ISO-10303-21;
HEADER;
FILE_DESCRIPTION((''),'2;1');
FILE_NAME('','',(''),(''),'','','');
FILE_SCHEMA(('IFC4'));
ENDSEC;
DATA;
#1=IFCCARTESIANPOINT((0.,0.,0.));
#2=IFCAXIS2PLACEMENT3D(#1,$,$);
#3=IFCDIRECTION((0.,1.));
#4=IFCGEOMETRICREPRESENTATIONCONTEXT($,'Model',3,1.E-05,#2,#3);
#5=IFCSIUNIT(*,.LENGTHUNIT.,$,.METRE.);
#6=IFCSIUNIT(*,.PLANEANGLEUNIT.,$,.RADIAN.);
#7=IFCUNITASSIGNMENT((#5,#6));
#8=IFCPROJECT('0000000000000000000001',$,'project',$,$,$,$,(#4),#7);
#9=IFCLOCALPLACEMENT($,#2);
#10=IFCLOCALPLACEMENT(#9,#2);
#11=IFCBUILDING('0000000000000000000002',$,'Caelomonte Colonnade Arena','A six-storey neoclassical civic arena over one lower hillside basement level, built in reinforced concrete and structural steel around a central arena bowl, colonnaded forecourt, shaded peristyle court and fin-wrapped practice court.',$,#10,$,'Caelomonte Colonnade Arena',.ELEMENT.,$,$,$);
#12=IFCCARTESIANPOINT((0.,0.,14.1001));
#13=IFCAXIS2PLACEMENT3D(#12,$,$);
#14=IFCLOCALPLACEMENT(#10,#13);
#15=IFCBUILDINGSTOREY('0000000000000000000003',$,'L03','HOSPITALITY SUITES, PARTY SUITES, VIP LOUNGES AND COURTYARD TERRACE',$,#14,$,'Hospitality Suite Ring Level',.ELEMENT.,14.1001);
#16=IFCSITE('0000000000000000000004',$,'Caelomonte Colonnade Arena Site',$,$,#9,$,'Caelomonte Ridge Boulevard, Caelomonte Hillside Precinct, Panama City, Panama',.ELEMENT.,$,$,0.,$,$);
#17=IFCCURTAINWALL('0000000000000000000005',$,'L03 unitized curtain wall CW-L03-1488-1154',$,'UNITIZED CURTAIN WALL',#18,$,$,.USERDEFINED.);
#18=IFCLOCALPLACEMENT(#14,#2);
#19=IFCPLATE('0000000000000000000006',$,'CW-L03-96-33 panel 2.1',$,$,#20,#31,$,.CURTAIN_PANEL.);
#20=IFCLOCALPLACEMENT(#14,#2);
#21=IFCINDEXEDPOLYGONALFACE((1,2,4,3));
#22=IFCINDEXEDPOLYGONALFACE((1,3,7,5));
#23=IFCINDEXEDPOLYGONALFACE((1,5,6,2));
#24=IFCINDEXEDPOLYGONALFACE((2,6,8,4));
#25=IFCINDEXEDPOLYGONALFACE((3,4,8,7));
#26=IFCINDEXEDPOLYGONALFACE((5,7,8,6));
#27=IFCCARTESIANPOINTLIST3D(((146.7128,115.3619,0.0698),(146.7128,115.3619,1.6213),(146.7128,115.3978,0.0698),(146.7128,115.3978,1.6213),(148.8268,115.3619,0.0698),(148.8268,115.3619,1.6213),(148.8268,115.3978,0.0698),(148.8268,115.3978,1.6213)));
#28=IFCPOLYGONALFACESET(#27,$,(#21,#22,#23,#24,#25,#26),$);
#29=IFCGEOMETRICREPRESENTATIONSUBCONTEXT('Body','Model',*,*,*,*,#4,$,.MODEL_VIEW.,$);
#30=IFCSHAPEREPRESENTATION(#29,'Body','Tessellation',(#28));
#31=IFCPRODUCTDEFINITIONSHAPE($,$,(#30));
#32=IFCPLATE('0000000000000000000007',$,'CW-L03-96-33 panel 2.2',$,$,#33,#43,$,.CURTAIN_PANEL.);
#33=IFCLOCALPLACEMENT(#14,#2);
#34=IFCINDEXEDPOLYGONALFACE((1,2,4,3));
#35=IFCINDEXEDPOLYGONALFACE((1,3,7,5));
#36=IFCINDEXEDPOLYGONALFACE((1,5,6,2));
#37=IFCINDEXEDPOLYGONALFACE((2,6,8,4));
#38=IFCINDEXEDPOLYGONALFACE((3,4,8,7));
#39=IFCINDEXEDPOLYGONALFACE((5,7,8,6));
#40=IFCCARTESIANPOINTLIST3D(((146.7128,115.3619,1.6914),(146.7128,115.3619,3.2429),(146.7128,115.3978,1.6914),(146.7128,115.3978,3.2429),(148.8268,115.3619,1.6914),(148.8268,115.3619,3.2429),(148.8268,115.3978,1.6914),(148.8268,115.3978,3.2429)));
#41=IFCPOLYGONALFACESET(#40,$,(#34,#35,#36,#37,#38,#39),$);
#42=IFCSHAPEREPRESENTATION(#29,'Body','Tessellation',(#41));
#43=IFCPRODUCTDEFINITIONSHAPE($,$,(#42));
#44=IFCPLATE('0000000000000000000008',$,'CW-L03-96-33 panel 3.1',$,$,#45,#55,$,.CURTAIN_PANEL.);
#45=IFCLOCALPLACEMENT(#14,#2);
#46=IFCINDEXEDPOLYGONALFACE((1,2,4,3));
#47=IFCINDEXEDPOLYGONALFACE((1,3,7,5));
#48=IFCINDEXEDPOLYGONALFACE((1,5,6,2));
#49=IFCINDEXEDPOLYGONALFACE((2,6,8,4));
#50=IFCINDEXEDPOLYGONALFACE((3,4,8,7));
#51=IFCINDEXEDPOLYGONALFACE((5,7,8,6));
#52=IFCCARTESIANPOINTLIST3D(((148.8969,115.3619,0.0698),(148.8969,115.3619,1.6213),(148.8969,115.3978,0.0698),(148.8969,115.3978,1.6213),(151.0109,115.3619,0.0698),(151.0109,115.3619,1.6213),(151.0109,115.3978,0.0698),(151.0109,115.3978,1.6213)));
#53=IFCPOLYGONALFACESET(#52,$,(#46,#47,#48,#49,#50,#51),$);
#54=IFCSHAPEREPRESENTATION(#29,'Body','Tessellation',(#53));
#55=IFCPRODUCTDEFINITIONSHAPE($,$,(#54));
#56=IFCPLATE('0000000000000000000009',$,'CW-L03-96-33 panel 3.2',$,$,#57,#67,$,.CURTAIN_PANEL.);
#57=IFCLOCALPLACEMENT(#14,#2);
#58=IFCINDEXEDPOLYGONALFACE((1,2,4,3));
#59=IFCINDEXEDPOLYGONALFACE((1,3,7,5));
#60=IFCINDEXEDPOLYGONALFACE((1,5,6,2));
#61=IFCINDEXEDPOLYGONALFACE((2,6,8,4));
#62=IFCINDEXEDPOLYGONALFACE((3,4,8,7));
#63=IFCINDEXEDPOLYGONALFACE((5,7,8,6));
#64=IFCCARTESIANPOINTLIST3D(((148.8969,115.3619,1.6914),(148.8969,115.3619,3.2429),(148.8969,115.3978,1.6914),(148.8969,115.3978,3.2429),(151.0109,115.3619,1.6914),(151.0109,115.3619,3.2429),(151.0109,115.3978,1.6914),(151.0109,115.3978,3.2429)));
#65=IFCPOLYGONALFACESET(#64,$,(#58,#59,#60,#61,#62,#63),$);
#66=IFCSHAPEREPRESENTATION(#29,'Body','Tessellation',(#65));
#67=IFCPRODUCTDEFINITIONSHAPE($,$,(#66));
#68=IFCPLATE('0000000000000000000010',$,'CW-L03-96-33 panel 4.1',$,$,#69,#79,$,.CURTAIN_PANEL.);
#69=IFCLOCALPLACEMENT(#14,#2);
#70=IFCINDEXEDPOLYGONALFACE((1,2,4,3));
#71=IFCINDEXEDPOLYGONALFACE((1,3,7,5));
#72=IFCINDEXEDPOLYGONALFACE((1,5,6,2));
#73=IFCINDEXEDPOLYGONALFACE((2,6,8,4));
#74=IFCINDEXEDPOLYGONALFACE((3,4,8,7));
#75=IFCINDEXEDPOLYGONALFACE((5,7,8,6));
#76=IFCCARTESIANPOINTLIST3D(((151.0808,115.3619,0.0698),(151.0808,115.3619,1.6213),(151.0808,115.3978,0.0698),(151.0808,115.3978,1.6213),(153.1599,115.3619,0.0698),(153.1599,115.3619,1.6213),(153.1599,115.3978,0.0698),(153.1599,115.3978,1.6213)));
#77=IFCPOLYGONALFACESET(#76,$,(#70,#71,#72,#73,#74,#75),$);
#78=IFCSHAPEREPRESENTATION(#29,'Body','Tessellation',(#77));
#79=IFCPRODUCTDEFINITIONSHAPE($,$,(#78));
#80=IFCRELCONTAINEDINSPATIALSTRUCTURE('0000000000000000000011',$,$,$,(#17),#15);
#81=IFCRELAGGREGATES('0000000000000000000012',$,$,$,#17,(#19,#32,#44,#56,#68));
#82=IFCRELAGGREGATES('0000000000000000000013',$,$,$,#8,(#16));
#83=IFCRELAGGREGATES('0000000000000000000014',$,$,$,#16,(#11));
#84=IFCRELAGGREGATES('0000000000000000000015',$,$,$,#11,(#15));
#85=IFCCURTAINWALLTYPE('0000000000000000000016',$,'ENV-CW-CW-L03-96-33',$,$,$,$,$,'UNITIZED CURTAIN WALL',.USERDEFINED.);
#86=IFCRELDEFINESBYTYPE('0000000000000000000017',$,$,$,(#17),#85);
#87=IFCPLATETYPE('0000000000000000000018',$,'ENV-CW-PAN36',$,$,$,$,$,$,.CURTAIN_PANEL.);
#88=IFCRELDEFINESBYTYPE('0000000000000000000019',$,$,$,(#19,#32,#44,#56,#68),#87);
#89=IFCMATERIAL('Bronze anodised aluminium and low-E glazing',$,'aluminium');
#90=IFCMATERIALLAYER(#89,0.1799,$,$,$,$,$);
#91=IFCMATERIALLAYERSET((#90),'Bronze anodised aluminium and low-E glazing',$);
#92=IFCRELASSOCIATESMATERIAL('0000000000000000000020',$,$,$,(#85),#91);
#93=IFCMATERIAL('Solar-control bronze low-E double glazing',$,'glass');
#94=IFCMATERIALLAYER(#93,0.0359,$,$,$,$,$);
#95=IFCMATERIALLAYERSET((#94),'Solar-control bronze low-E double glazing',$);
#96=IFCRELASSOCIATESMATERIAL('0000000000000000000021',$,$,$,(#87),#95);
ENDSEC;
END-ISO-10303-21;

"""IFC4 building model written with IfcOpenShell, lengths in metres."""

from ifc_helpers import new_model, si_unit, direction, frame, origin, origin_2d, place, context, subcontext, project, spatial, rectangle, extrude, material, layer, layer_set, type_object, element, aggregate, save


model = new_model("IFC4")

# Units and contexts
model_context = context("Model", 3, precision=1e-05, world=origin(), true_north=direction((0.0, 1.0)))
body_context = subcontext(model_context, "Body", "Model", "MODEL_VIEW")
ifc_project = project(units=[si_unit("LENGTHUNIT", "METRE"), si_unit("PLANEANGLEUNIT", "RADIAN")], contexts=[model_context])

# Site, building, storey
site_placement = place(None, origin())
site = spatial("IfcSite", under=ifc_project, at=site_placement, Name="Caelomonte Colonnade Arena Site", LongName="Caelomonte Ridge Boulevard, Caelomonte Hillside Precinct, Panama City, Panama", CompositionType="ELEMENT", RefElevation=0.0)
building_placement = place(site_placement, origin())
building = spatial("IfcBuilding", under=site, at=building_placement, Name="Caelomonte Colonnade Arena", Description="A six-storey neoclassical civic arena over one lower hillside basement level, built in reinforced concrete and structural steel around a central arena bowl, colonnaded forecourt, shaded peristyle court and fin-wrapped practice court.", LongName="Caelomonte Colonnade Arena", CompositionType="ELEMENT")
storey_placement = place(building_placement, frame((0.0, 0.0, 14.1001)))
storey = spatial("IfcBuildingStorey", under=building, at=storey_placement, Name="L03", Description="HOSPITALITY SUITES, PARTY SUITES, VIP LOUNGES AND COURTYARD TERRACE", LongName="Hospitality Suite Ring Level", CompositionType="ELEMENT", Elevation=14.1001)

# Curtain wall, plates
ifc_material_1 = material(Name="Bronze anodised aluminium and low-E glazing", Category="aluminium")
ifc_layer_1 = layer(ifc_material_1, 0.1799)
ifc_layer_set_1 = layer_set([ifc_layer_1], Name="Bronze anodised aluminium and low-E glazing")
curtain_wall_type = type_object("IfcCurtainWallType", Name="ENV-CW-CW-L03-96-33", ElementType="UNITIZED CURTAIN WALL", PredefinedType="USERDEFINED", material=ifc_layer_set_1)
curtain_wall_placement = place(storey_placement, origin())
curtain_wall = element("IfcCurtainWall", 1, at=curtain_wall_placement, inside=storey, type_object=curtain_wall_type, Name="L03 unitized curtain wall CW-L03-1488-1154", ObjectType="UNITIZED CURTAIN WALL", PredefinedType="USERDEFINED")
ifc_material_2 = material(Name="Solar-control bronze low-E double glazing", Category="glass")
ifc_layer_2 = layer(ifc_material_2, 0.0359)
ifc_layer_set_2 = layer_set([ifc_layer_2], Name="Solar-control bronze low-E double glazing")
plate_type = type_object("IfcPlateType", Name="ENV-CW-PAN36", PredefinedType="CURTAIN_PANEL", material=ifc_layer_set_2)
plate_1_placement = place(storey_placement, frame((147.7698, 115.3799, 0.0698), z_axis=(0.0, 0.0, 1.0), x_axis=(1.0, 0.0, 0.0)))
plate_1 = element("IfcPlate", 2, at=plate_1_placement, type_object=plate_type, Name="CW-L03-96-33 panel 2.1", PredefinedType="CURTAIN_PANEL", context=body_context, shape_type="SweptSolid", body=[
    extrude(rectangle(XDim=2.114, YDim=0.0359, at=origin_2d()), origin(), (0.0, 0.0, 1.0), 1.5515),
])
plate_2_placement = place(storey_placement, frame((147.7698, 115.3799, 1.6914), z_axis=(0.0, 0.0, 1.0), x_axis=(1.0, 0.0, 0.0)))
plate_2 = element("IfcPlate", 3, at=plate_2_placement, type_object=plate_type, Name="CW-L03-96-33 panel 2.2", PredefinedType="CURTAIN_PANEL", context=body_context, shape_type="SweptSolid", body=[
    extrude(rectangle(XDim=2.114, YDim=0.0359, at=origin_2d()), origin(), (0.0, 0.0, 1.0), 1.5515),
])
plate_3_placement = place(storey_placement, frame((149.9539, 115.3799, 0.0698), z_axis=(0.0, 0.0, 1.0), x_axis=(1.0, 0.0, 0.0)))
plate_3 = element("IfcPlate", 4, at=plate_3_placement, type_object=plate_type, Name="CW-L03-96-33 panel 3.1", PredefinedType="CURTAIN_PANEL", context=body_context, shape_type="SweptSolid", body=[
    extrude(rectangle(XDim=2.114, YDim=0.0359, at=origin_2d()), origin(), (0.0, 0.0, 1.0), 1.5515),
])
plate_4_placement = place(storey_placement, frame((149.9539, 115.3799, 1.6914), z_axis=(0.0, 0.0, 1.0), x_axis=(1.0, 0.0, 0.0)))
plate_4 = element("IfcPlate", 5, at=plate_4_placement, type_object=plate_type, Name="CW-L03-96-33 panel 3.2", PredefinedType="CURTAIN_PANEL", context=body_context, shape_type="SweptSolid", body=[
    extrude(rectangle(XDim=2.114, YDim=0.0359, at=origin_2d()), origin(), (0.0, 0.0, 1.0), 1.5515),
])
plate_5_placement = place(storey_placement, frame((152.1204, 115.3799, 0.0698), z_axis=(0.0, 0.0, 1.0), x_axis=(1.0, 0.0, 0.0)))
plate_5 = element("IfcPlate", 6, at=plate_5_placement, type_object=plate_type, Name="CW-L03-96-33 panel 4.1", PredefinedType="CURTAIN_PANEL", context=body_context, shape_type="SweptSolid", body=[
    extrude(rectangle(XDim=2.0791, YDim=0.0359, at=origin_2d()), origin(), (0.0, 0.0, 1.0), 1.5515),
])
aggregate(curtain_wall, [plate_1, plate_2, plate_3, plate_4, plate_5])

save(model, "model.ifc")
